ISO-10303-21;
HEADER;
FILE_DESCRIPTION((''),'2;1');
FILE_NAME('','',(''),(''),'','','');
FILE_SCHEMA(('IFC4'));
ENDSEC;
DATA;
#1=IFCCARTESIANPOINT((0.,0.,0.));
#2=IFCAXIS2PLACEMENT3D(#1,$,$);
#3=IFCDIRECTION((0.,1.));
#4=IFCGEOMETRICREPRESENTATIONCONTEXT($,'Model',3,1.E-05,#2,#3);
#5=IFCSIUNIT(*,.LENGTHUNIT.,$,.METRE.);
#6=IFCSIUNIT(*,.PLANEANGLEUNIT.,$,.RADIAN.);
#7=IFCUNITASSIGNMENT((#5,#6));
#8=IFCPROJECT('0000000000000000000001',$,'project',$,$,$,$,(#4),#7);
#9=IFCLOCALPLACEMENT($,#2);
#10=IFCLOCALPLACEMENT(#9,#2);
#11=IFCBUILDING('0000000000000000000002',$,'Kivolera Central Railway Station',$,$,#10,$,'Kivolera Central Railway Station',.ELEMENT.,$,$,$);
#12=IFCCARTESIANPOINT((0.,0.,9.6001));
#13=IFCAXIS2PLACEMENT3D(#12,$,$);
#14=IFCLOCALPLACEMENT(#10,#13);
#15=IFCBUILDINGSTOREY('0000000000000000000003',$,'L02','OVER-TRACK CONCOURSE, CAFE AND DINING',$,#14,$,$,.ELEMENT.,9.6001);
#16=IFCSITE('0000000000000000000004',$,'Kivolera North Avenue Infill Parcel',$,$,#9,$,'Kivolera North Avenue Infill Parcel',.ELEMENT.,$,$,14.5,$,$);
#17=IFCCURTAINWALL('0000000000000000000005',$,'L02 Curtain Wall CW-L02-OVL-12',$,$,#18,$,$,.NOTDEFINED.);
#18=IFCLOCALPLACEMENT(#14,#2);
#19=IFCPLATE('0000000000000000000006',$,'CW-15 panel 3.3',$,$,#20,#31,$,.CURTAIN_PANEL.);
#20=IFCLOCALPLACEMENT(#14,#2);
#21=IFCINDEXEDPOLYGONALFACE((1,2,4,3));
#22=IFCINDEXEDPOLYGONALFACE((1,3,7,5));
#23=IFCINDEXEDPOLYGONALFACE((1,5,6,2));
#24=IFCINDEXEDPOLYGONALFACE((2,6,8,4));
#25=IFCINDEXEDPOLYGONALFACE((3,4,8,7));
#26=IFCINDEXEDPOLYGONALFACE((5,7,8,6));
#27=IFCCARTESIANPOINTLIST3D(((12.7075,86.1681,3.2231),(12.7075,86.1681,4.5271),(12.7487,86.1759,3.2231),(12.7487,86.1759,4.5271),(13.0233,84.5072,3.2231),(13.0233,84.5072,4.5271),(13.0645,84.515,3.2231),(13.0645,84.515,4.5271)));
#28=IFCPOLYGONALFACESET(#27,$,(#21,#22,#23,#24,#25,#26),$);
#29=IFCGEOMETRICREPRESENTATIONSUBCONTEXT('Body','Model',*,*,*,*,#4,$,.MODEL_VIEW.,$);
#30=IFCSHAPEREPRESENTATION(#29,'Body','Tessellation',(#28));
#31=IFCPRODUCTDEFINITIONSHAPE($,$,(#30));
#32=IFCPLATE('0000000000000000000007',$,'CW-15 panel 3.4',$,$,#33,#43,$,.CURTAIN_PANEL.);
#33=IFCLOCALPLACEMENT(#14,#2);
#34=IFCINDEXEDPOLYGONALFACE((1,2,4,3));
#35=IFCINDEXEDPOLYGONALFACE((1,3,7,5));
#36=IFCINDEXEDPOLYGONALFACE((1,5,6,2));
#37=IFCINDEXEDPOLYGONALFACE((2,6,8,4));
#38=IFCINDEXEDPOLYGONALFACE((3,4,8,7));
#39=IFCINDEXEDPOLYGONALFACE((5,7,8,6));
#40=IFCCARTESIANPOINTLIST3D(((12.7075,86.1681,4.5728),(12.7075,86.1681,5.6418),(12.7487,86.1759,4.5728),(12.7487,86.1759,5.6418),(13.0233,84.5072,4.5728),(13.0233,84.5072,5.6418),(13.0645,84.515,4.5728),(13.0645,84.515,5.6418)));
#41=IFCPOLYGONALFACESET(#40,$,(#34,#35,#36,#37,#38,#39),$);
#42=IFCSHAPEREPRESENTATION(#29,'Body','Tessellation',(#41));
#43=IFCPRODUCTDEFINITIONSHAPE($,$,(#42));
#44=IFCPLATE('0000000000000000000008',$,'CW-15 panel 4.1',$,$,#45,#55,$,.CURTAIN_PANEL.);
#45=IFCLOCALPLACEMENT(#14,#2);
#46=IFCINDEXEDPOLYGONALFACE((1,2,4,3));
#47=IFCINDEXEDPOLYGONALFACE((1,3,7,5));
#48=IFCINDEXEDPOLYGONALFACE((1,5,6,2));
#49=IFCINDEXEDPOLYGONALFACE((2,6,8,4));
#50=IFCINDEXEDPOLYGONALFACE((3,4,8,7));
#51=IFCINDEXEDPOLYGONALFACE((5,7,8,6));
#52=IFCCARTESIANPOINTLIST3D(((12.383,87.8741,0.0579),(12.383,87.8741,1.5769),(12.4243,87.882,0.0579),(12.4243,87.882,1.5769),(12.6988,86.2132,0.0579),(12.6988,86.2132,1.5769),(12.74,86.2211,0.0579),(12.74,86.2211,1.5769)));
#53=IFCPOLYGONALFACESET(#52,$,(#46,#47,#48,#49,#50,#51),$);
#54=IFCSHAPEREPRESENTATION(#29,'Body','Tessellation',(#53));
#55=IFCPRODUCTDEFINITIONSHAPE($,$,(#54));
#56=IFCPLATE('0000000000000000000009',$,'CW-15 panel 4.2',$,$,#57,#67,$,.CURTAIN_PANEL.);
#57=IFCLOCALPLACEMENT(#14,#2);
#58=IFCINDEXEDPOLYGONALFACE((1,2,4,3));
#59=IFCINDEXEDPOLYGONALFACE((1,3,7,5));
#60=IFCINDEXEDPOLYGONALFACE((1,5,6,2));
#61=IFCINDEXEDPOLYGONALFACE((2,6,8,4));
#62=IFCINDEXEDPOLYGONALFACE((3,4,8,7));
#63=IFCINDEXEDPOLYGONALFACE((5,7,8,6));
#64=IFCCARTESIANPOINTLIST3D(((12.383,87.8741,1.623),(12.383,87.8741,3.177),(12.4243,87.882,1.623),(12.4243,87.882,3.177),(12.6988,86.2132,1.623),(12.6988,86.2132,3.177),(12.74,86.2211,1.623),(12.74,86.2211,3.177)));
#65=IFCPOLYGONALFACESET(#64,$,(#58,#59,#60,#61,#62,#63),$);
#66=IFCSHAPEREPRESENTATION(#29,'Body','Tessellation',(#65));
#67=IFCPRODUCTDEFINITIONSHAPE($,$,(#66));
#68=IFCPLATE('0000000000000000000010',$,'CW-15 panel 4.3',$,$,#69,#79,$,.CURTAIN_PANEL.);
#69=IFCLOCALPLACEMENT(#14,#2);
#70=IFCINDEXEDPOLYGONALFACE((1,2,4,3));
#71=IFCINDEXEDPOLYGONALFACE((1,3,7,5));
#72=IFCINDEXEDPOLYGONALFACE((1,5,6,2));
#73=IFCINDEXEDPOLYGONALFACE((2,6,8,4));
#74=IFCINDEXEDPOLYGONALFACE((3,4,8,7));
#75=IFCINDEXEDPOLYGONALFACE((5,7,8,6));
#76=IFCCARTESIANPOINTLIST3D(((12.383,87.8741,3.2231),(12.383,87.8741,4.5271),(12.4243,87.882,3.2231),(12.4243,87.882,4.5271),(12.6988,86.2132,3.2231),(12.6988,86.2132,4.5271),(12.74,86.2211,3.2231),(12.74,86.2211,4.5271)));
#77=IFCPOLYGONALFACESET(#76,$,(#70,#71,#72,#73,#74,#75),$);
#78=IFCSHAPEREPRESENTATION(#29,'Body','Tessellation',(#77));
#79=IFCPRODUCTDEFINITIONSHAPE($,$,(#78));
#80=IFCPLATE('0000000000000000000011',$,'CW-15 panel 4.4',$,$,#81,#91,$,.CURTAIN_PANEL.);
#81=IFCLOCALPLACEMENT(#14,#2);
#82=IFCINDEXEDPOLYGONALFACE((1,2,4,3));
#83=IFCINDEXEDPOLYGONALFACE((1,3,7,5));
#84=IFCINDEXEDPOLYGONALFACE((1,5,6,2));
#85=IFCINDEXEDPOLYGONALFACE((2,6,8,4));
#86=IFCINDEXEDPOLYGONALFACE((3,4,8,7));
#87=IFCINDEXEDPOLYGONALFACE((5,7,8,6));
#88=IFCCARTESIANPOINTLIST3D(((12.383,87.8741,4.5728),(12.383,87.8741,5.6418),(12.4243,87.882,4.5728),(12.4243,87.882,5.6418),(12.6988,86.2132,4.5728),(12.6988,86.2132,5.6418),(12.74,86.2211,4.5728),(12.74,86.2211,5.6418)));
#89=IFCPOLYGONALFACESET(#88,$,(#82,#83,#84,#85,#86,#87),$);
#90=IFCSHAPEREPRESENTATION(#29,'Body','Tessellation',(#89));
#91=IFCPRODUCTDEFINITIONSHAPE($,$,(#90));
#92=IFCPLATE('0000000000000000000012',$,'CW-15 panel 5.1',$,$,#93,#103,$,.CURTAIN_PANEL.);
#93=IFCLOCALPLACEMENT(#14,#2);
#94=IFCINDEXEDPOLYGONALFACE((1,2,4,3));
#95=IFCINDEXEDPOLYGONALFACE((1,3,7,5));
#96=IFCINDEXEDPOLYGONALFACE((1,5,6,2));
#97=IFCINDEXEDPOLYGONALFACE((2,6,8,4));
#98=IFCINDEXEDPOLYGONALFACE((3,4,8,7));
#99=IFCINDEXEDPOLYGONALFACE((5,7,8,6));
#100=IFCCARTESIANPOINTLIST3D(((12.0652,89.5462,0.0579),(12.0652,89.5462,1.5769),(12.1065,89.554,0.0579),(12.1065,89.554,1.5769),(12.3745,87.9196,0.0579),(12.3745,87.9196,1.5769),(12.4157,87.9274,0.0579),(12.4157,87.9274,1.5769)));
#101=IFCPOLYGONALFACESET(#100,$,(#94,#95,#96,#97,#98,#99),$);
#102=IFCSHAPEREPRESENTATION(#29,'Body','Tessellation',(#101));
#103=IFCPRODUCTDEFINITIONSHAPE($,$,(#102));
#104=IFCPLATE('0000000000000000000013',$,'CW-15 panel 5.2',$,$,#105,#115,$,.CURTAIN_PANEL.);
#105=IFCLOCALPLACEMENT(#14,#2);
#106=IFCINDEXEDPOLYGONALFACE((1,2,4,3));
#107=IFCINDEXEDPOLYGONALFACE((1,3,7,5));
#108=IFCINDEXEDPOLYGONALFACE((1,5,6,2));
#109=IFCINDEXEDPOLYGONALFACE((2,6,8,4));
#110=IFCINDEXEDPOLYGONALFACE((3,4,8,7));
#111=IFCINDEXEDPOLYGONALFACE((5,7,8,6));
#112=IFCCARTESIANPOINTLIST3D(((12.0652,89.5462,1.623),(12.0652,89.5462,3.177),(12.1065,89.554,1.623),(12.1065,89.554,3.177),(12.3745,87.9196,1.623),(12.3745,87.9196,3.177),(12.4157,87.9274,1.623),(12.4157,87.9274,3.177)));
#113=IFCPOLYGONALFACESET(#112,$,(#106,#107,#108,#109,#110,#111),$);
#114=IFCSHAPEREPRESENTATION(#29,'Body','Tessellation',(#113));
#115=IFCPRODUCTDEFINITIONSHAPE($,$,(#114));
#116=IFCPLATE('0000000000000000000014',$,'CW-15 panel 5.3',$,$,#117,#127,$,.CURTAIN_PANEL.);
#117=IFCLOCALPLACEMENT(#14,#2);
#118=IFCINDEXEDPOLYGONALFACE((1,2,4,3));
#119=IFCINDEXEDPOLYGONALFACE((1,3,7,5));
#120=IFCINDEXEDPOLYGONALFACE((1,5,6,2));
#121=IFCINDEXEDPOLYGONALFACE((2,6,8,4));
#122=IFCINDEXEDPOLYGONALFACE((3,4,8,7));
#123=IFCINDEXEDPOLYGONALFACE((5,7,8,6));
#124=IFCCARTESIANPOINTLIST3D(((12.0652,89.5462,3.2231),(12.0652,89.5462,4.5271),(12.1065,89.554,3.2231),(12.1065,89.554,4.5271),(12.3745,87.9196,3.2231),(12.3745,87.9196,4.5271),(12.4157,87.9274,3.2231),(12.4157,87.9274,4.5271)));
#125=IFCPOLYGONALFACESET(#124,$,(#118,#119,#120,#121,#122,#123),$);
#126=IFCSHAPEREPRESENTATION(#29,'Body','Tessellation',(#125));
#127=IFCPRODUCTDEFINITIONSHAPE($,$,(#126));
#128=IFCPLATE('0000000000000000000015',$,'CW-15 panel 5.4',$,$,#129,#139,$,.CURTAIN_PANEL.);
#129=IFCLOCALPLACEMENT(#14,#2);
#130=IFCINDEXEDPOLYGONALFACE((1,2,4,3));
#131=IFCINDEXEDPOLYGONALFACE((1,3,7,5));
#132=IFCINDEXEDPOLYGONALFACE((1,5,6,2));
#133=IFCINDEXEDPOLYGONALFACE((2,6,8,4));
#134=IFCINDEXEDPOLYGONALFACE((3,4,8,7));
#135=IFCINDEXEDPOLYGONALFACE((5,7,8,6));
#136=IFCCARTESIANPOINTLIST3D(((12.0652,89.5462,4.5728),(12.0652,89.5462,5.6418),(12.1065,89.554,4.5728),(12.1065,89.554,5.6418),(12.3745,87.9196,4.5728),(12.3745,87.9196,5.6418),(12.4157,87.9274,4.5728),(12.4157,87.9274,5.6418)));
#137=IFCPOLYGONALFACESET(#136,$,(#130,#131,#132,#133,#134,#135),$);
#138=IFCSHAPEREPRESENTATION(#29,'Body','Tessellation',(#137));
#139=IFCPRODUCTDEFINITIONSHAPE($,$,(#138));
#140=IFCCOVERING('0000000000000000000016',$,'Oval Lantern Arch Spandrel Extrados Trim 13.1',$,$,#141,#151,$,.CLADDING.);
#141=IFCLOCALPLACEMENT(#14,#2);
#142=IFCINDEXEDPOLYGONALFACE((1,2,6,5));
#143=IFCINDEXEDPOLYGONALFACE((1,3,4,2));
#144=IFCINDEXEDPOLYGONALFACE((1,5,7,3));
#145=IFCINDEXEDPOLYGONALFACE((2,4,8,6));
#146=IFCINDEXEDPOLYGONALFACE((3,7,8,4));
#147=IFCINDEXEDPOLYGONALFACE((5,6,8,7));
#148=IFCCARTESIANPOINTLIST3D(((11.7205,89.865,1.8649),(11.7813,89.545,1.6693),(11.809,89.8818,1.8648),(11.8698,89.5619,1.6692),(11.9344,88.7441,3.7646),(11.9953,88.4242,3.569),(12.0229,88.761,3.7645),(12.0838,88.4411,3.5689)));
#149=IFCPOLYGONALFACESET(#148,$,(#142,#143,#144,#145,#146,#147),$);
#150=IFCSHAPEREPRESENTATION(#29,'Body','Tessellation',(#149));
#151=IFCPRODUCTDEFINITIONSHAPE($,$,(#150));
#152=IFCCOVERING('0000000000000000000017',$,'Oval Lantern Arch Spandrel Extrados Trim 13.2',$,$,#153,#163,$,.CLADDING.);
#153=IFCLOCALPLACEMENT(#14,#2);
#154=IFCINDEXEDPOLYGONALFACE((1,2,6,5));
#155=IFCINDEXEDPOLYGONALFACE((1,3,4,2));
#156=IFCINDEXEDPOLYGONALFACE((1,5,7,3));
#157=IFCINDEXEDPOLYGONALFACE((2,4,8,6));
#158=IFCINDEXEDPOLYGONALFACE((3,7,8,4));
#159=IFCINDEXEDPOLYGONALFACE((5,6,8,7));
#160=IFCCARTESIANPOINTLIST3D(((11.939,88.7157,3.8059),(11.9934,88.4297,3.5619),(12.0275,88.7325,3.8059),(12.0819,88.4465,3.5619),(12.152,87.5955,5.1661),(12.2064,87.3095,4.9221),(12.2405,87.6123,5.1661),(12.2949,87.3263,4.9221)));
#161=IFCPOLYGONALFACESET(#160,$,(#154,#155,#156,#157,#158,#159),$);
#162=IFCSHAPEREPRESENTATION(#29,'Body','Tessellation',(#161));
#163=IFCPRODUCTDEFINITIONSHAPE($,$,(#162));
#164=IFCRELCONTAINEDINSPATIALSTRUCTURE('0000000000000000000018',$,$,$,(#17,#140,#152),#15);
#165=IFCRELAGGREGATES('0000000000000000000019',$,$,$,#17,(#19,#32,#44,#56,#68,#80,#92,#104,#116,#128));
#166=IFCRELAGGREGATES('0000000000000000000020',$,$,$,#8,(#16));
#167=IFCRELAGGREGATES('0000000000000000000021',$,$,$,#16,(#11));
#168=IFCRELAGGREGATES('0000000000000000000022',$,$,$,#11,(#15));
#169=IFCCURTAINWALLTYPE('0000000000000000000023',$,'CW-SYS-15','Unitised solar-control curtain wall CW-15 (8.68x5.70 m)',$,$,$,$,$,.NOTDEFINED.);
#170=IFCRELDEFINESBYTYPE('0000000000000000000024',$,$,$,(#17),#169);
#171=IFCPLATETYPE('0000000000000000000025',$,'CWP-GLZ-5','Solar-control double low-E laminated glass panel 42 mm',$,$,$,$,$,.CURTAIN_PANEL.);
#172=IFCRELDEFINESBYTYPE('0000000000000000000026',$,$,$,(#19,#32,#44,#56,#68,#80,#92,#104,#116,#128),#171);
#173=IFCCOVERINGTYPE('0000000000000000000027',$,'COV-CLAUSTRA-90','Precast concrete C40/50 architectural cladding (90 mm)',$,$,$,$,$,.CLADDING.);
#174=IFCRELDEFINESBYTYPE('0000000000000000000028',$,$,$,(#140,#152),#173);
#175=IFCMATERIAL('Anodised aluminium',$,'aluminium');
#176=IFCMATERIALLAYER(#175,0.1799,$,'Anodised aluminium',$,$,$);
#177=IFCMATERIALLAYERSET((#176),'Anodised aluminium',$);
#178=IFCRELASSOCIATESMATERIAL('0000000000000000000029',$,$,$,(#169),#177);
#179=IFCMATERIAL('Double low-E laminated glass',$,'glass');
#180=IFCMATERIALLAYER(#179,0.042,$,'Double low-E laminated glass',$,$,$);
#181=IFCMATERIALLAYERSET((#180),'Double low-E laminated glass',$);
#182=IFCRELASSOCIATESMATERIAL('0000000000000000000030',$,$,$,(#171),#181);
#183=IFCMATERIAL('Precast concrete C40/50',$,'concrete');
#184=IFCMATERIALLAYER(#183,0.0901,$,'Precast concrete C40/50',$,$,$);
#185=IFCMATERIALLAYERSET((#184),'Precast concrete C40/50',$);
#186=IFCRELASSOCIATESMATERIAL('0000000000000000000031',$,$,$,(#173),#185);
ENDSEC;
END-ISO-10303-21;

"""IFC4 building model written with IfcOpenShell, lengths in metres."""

from ifc_helpers import new_model, si_unit, direction, frame, origin, origin_2d, place, context, subcontext, project, spatial, rectangle, extrude, material, layer, layer_set, type_object, element, aggregate, save


model = new_model("IFC4")

# Units and contexts
model_context = context("Model", 3, precision=1e-05, world=origin(), true_north=direction((0.0, 1.0)))
body_context = subcontext(model_context, "Body", "Model", "MODEL_VIEW")
ifc_project = project(units=[si_unit("LENGTHUNIT", "METRE"), si_unit("PLANEANGLEUNIT", "RADIAN")], contexts=[model_context])

# Site, building, storey
site_placement = place(None, origin())
site = spatial("IfcSite", under=ifc_project, at=site_placement, Name="Kivolera North Avenue Infill Parcel", LongName="Kivolera North Avenue Infill Parcel", CompositionType="ELEMENT", RefElevation=14.5)
building_placement = place(site_placement, origin())
building = spatial("IfcBuilding", under=site, at=building_placement, Name="Kivolera Central Railway Station", LongName="Kivolera Central Railway Station", CompositionType="ELEMENT")
storey_placement = place(building_placement, frame((0.0, 0.0, 9.6001)))
storey = spatial("IfcBuildingStorey", under=building, at=storey_placement, Name="L02", Description="OVER-TRACK CONCOURSE, CAFE AND DINING", CompositionType="ELEMENT", Elevation=9.6001)

# Curtain wall, plates
ifc_material_1 = material(Name="Anodised aluminium", Category="aluminium")
ifc_layer_1 = layer(ifc_material_1, 0.1799, Name="Anodised aluminium")
ifc_layer_set_1 = layer_set([ifc_layer_1], Name="Anodised aluminium")
curtain_wall_type = type_object("IfcCurtainWallType", Name="CW-SYS-15", Description="Unitised solar-control curtain wall CW-15 (8.68x5.70 m)", PredefinedType="NOTDEFINED", material=ifc_layer_set_1)
curtain_wall_placement = place(storey_placement, origin())
curtain_wall = element("IfcCurtainWall", 1, at=curtain_wall_placement, inside=storey, type_object=curtain_wall_type, Name="L02 Curtain Wall CW-L02-OVL-12", PredefinedType="NOTDEFINED")
ifc_material_2 = material(Name="Double low-E laminated glass", Category="glass")
ifc_layer_2 = layer(ifc_material_2, 0.042, Name="Double low-E laminated glass")
ifc_layer_set_2 = layer_set([ifc_layer_2], Name="Double low-E laminated glass")
plate_type = type_object("IfcPlateType", Name="CWP-GLZ-5", Description="Solar-control double low-E laminated glass panel 42 mm", PredefinedType="CURTAIN_PANEL", material=ifc_layer_set_2)
plate_1_placement = place(storey_placement, frame((12.886, 85.3416, 3.2231), z_axis=(0.0, 0.0, 1.0), x_axis=(-0.186784, 0.982401, 0.0)))
plate_1 = element("IfcPlate", 2, at=plate_1_placement, type_object=plate_type, Name="CW-15 panel 3.3", PredefinedType="CURTAIN_PANEL", context=body_context, shape_type="SweptSolid", body=[
    extrude(rectangle(XDim=1.6907, YDim=0.042, at=origin_2d()), origin(), (0.0, 0.0, 1.0), 1.304),
])
plate_2_placement = place(storey_placement, frame((12.886, 85.3416, 4.5728), z_axis=(0.0, 0.0, 1.0), x_axis=(-0.186784, 0.982401, 0.0)))
plate_2 = element("IfcPlate", 3, at=plate_2_placement, type_object=plate_type, Name="CW-15 panel 3.4", PredefinedType="CURTAIN_PANEL", context=body_context, shape_type="SweptSolid", body=[
    extrude(rectangle(XDim=1.6907, YDim=0.042, at=origin_2d()), origin(), (0.0, 0.0, 1.0), 1.0691),
])
plate_3_placement = place(storey_placement, frame((12.5615, 87.0476, 0.0579), z_axis=(0.0, 0.0, 1.0), x_axis=(-0.186784, 0.982401, 0.0)))
plate_3 = element("IfcPlate", 4, at=plate_3_placement, type_object=plate_type, Name="CW-15 panel 4.1", PredefinedType="CURTAIN_PANEL", context=body_context, shape_type="SweptSolid", body=[
    extrude(rectangle(XDim=1.6907, YDim=0.042, at=origin_2d()), origin(), (0.0, 0.0, 1.0), 1.519),
])
plate_4_placement = place(storey_placement, frame((12.5615, 87.0476, 1.623), z_axis=(0.0, 0.0, 1.0), x_axis=(-0.186784, 0.982401, 0.0)))
plate_4 = element("IfcPlate", 5, at=plate_4_placement, type_object=plate_type, Name="CW-15 panel 4.2", PredefinedType="CURTAIN_PANEL", context=body_context, shape_type="SweptSolid", body=[
    extrude(rectangle(XDim=1.6907, YDim=0.042, at=origin_2d()), origin(), (0.0, 0.0, 1.0), 1.554),
])
plate_5_placement = place(storey_placement, frame((12.5615, 87.0476, 3.2231), z_axis=(0.0, 0.0, 1.0), x_axis=(-0.186784, 0.982401, 0.0)))
plate_5 = element("IfcPlate", 6, at=plate_5_placement, type_object=plate_type, Name="CW-15 panel 4.3", PredefinedType="CURTAIN_PANEL", context=body_context, shape_type="SweptSolid", body=[
    extrude(rectangle(XDim=1.6907, YDim=0.042, at=origin_2d()), origin(), (0.0, 0.0, 1.0), 1.304),
])
plate_6_placement = place(storey_placement, frame((12.5615, 87.0476, 4.5728), z_axis=(0.0, 0.0, 1.0), x_axis=(-0.186784, 0.982401, 0.0)))
plate_6 = element("IfcPlate", 7, at=plate_6_placement, type_object=plate_type, Name="CW-15 panel 4.4", PredefinedType="CURTAIN_PANEL", context=body_context, shape_type="SweptSolid", body=[
    extrude(rectangle(XDim=1.6907, YDim=0.042, at=origin_2d()), origin(), (0.0, 0.0, 1.0), 1.0691),
])
plate_7_placement = place(storey_placement, frame((12.2405, 88.7368, 0.0579), z_axis=(0.0, 0.0, 1.0), x_axis=(-0.186784, 0.982401, 0.0)))
plate_7 = element("IfcPlate", 8, at=plate_7_placement, type_object=plate_type, Name="CW-15 panel 5.1", PredefinedType="CURTAIN_PANEL", context=body_context, shape_type="SweptSolid", body=[
    extrude(rectangle(XDim=1.6558, YDim=0.042, at=origin_2d()), origin(), (0.0, 0.0, 1.0), 1.519),
])
plate_8_placement = place(storey_placement, frame((12.2405, 88.7368, 1.623), z_axis=(0.0, 0.0, 1.0), x_axis=(-0.186784, 0.982401, 0.0)))
plate_8 = element("IfcPlate", 9, at=plate_8_placement, type_object=plate_type, Name="CW-15 panel 5.2", PredefinedType="CURTAIN_PANEL", context=body_context, shape_type="SweptSolid", body=[
    extrude(rectangle(XDim=1.6558, YDim=0.042, at=origin_2d()), origin(), (0.0, 0.0, 1.0), 1.554),
])
plate_9_placement = place(storey_placement, frame((12.2405, 88.7368, 3.2231), z_axis=(0.0, 0.0, 1.0), x_axis=(-0.186784, 0.982401, 0.0)))
plate_9 = element("IfcPlate", 10, at=plate_9_placement, type_object=plate_type, Name="CW-15 panel 5.3", PredefinedType="CURTAIN_PANEL", context=body_context, shape_type="SweptSolid", body=[
    extrude(rectangle(XDim=1.6558, YDim=0.042, at=origin_2d()), origin(), (0.0, 0.0, 1.0), 1.304),
])
plate_10_placement = place(storey_placement, frame((12.2405, 88.7368, 4.5728), z_axis=(0.0, 0.0, 1.0), x_axis=(-0.186784, 0.982401, 0.0)))
plate_10 = element("IfcPlate", 11, at=plate_10_placement, type_object=plate_type, Name="CW-15 panel 5.4", PredefinedType="CURTAIN_PANEL", context=body_context, shape_type="SweptSolid", body=[
    extrude(rectangle(XDim=1.6558, YDim=0.042, at=origin_2d()), origin(), (0.0, 0.0, 1.0), 1.0691),
])
aggregate(curtain_wall, [plate_1, plate_2, plate_3, plate_4, plate_5, plate_6, plate_7, plate_8, plate_9, plate_10])

# Coverings
ifc_material_3 = material(Name="Precast concrete C40/50", Category="concrete")
ifc_layer_3 = layer(ifc_material_3, 0.0901, Name="Precast concrete C40/50")
ifc_layer_set_3 = layer_set([ifc_layer_3], Name="Precast concrete C40/50")
covering_type = type_object("IfcCoveringType", Name="COV-CLAUSTRA-90", Description="Precast concrete C40/50 architectural cladding (90 mm)", PredefinedType="CLADDING", material=ifc_layer_set_3)
covering_1_placement = place(storey_placement, frame((11.9021, 89.1531, 2.7168), z_axis=(0.096553, -0.505775, 0.857245), x_axis=(-0.98239, -0.186841, 0.0)))
element("IfcCovering", 12, at=covering_1_placement, inside=storey, type_object=covering_type, Name="Oval Lantern Arch Spandrel Extrados Trim 13.1", PredefinedType="CLADDING", context=body_context, shape_type="SweptSolid", body=[
    extrude(rectangle(XDim=0.0901, YDim=0.3799, at=origin_2d()), frame((0.0, 0.0, -1.1079)), (0.0, 0.0, 1.0), 2.2161),
])
covering_2_placement = place(storey_placement, frame((12.1169, 88.021, 4.364), z_axis=(0.120024, -0.631112, 0.76635), x_axis=(-0.98239, -0.186841, 0.0)))
element("IfcCovering", 13, at=covering_2_placement, inside=storey, type_object=covering_type, Name="Oval Lantern Arch Spandrel Extrados Trim 13.2", PredefinedType="CLADDING", context=body_context, shape_type="SweptSolid", body=[
    extrude(rectangle(XDim=0.0901, YDim=0.3799, at=origin_2d()), frame((0.0, 0.0, -0.8875)), (0.0, 0.0, 1.0), 1.7749),
])

save(model, "model.ifc")
